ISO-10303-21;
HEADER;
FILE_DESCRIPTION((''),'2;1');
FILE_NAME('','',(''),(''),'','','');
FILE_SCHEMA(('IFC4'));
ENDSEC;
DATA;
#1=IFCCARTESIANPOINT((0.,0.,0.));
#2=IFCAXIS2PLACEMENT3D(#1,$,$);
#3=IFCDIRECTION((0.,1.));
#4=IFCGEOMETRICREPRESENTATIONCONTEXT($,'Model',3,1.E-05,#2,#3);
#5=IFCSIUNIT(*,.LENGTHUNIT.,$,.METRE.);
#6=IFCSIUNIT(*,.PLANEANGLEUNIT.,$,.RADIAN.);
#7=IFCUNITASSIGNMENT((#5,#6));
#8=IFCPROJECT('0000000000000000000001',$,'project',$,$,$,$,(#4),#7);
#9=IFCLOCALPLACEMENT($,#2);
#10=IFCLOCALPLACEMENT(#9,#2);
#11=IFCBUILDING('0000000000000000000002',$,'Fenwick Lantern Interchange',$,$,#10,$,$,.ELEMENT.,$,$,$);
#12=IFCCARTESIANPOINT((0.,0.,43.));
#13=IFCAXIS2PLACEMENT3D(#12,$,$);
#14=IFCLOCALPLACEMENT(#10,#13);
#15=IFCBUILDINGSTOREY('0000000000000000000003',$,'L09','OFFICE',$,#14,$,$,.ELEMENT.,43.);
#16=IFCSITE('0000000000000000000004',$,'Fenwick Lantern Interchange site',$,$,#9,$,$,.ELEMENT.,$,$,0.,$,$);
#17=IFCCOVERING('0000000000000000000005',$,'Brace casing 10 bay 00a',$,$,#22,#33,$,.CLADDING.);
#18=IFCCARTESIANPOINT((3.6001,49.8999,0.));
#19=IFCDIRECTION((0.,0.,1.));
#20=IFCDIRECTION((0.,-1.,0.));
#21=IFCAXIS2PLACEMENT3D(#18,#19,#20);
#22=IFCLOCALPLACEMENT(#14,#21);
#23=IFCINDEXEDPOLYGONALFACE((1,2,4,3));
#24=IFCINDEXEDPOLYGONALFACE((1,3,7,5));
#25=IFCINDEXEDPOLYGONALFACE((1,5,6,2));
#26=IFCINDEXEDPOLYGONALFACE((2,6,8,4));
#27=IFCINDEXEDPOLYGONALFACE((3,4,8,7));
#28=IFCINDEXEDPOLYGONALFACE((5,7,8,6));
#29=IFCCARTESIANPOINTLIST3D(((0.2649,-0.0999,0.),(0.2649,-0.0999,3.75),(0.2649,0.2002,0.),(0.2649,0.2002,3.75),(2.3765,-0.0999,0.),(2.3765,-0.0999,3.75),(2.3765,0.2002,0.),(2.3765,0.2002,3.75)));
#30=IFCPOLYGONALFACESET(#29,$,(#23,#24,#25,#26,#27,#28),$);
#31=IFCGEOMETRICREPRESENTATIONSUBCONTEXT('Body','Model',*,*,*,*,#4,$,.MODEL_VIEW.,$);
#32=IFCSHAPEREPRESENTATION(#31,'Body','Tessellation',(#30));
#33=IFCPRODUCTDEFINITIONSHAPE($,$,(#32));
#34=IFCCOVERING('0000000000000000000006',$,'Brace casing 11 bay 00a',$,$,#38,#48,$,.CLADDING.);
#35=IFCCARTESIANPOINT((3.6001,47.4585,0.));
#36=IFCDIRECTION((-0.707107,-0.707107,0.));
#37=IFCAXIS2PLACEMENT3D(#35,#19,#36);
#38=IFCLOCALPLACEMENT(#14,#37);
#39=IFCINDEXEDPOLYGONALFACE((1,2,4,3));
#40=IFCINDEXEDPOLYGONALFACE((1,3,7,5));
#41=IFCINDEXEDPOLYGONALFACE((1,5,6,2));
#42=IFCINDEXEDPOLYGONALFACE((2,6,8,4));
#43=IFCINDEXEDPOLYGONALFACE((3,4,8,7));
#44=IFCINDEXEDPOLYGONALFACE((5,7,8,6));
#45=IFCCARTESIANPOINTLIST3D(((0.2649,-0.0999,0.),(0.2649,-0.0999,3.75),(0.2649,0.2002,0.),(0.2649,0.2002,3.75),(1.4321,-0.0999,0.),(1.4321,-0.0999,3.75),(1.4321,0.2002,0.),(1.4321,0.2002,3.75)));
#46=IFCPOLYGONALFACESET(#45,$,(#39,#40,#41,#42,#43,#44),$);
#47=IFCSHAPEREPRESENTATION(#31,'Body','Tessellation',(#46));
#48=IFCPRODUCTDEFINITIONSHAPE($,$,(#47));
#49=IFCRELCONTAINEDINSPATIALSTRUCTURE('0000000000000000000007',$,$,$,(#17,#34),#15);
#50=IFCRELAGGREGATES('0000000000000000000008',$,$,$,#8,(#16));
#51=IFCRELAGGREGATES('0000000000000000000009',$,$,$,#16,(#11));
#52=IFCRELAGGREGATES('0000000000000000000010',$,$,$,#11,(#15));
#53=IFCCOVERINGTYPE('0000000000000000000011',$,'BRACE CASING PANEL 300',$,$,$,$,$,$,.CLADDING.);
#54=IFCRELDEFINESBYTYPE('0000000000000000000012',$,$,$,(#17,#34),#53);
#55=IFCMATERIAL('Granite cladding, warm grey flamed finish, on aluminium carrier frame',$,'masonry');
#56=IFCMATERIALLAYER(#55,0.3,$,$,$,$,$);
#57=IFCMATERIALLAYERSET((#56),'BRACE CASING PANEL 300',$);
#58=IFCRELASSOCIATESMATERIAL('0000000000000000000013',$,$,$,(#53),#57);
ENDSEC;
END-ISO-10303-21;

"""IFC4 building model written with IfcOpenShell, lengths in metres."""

from ifc_helpers import new_model, si_unit, direction, frame, origin, place, context, subcontext, project, spatial, polyline, outline, extrude, material, layer, layer_set, type_object, element, save


model = new_model("IFC4")

# Units and contexts
model_context = context("Model", 3, precision=1e-05, world=origin(), true_north=direction((0.0, 1.0)))
body_context = subcontext(model_context, "Body", "Model", "MODEL_VIEW")
ifc_project = project(units=[si_unit("LENGTHUNIT", "METRE"), si_unit("PLANEANGLEUNIT", "RADIAN")], contexts=[model_context])

# Site, building, storey
site_placement = place(None, origin())
site = spatial("IfcSite", under=ifc_project, at=site_placement, Name="Fenwick Lantern Interchange site", CompositionType="ELEMENT", RefElevation=0.0)
building_placement = place(site_placement, origin())
building = spatial("IfcBuilding", under=site, at=building_placement, Name="Fenwick Lantern Interchange", CompositionType="ELEMENT")
storey_placement = place(building_placement, frame((0.0, 0.0, 43.0)))
storey = spatial("IfcBuildingStorey", under=building, at=storey_placement, Name="L09", Description="OFFICE", CompositionType="ELEMENT", Elevation=43.0)

# Coverings
ifc_material_1 = material(Name="Granite cladding, warm grey flamed finish, on aluminium carrier frame", Category="masonry")
ifc_layer_1 = layer(ifc_material_1, 0.3)
ifc_layer_set_1 = layer_set([ifc_layer_1], Name="BRACE CASING PANEL 300")
covering_type = type_object("IfcCoveringType", Name="BRACE CASING PANEL 300", PredefinedType="CLADDING", material=ifc_layer_set_1)
covering_1_placement = place(storey_placement, frame((3.6001, 49.8999, 0.0), z_axis=(0.0, 0.0, 1.0), x_axis=(0.0, -1.0, 0.0)))
element("IfcCovering", 1, at=covering_1_placement, inside=storey, type_object=covering_type, Name="Brace casing 10 bay 00a", PredefinedType="CLADDING", context=body_context, shape_type="SweptSolid", body=[
    extrude(outline(polyline([(0.2649, 0.0), (2.3765, 0.0), (2.3765, 3.75), (0.2649, 3.75), (0.2649, 0.0)])), frame((0.0, 0.2002, 0.0), z_axis=(0.0, -1.0, 0.0), x_axis=(1.0, 0.0, 0.0)), (0.0, 0.0, 1.0), 0.3),
])
covering_2_placement = place(storey_placement, frame((3.6001, 47.4585, 0.0), z_axis=(0.0, 0.0, 1.0), x_axis=(-0.707107, -0.707107, 0.0)))
element("IfcCovering", 2, at=covering_2_placement, inside=storey, type_object=covering_type, Name="Brace casing 11 bay 00a", PredefinedType="CLADDING", context=body_context, shape_type="SweptSolid", body=[
    extrude(outline(polyline([(0.2649, 0.0), (1.4321, 0.0), (1.4321, 3.75), (0.2649, 3.75), (0.2649, 0.0)])), frame((0.0, 0.2002, 0.0), z_axis=(0.0, -1.0, 0.0), x_axis=(1.0, 0.0, 0.0)), (0.0, 0.0, 1.0), 0.3),
])

save(model, "model.ifc")
